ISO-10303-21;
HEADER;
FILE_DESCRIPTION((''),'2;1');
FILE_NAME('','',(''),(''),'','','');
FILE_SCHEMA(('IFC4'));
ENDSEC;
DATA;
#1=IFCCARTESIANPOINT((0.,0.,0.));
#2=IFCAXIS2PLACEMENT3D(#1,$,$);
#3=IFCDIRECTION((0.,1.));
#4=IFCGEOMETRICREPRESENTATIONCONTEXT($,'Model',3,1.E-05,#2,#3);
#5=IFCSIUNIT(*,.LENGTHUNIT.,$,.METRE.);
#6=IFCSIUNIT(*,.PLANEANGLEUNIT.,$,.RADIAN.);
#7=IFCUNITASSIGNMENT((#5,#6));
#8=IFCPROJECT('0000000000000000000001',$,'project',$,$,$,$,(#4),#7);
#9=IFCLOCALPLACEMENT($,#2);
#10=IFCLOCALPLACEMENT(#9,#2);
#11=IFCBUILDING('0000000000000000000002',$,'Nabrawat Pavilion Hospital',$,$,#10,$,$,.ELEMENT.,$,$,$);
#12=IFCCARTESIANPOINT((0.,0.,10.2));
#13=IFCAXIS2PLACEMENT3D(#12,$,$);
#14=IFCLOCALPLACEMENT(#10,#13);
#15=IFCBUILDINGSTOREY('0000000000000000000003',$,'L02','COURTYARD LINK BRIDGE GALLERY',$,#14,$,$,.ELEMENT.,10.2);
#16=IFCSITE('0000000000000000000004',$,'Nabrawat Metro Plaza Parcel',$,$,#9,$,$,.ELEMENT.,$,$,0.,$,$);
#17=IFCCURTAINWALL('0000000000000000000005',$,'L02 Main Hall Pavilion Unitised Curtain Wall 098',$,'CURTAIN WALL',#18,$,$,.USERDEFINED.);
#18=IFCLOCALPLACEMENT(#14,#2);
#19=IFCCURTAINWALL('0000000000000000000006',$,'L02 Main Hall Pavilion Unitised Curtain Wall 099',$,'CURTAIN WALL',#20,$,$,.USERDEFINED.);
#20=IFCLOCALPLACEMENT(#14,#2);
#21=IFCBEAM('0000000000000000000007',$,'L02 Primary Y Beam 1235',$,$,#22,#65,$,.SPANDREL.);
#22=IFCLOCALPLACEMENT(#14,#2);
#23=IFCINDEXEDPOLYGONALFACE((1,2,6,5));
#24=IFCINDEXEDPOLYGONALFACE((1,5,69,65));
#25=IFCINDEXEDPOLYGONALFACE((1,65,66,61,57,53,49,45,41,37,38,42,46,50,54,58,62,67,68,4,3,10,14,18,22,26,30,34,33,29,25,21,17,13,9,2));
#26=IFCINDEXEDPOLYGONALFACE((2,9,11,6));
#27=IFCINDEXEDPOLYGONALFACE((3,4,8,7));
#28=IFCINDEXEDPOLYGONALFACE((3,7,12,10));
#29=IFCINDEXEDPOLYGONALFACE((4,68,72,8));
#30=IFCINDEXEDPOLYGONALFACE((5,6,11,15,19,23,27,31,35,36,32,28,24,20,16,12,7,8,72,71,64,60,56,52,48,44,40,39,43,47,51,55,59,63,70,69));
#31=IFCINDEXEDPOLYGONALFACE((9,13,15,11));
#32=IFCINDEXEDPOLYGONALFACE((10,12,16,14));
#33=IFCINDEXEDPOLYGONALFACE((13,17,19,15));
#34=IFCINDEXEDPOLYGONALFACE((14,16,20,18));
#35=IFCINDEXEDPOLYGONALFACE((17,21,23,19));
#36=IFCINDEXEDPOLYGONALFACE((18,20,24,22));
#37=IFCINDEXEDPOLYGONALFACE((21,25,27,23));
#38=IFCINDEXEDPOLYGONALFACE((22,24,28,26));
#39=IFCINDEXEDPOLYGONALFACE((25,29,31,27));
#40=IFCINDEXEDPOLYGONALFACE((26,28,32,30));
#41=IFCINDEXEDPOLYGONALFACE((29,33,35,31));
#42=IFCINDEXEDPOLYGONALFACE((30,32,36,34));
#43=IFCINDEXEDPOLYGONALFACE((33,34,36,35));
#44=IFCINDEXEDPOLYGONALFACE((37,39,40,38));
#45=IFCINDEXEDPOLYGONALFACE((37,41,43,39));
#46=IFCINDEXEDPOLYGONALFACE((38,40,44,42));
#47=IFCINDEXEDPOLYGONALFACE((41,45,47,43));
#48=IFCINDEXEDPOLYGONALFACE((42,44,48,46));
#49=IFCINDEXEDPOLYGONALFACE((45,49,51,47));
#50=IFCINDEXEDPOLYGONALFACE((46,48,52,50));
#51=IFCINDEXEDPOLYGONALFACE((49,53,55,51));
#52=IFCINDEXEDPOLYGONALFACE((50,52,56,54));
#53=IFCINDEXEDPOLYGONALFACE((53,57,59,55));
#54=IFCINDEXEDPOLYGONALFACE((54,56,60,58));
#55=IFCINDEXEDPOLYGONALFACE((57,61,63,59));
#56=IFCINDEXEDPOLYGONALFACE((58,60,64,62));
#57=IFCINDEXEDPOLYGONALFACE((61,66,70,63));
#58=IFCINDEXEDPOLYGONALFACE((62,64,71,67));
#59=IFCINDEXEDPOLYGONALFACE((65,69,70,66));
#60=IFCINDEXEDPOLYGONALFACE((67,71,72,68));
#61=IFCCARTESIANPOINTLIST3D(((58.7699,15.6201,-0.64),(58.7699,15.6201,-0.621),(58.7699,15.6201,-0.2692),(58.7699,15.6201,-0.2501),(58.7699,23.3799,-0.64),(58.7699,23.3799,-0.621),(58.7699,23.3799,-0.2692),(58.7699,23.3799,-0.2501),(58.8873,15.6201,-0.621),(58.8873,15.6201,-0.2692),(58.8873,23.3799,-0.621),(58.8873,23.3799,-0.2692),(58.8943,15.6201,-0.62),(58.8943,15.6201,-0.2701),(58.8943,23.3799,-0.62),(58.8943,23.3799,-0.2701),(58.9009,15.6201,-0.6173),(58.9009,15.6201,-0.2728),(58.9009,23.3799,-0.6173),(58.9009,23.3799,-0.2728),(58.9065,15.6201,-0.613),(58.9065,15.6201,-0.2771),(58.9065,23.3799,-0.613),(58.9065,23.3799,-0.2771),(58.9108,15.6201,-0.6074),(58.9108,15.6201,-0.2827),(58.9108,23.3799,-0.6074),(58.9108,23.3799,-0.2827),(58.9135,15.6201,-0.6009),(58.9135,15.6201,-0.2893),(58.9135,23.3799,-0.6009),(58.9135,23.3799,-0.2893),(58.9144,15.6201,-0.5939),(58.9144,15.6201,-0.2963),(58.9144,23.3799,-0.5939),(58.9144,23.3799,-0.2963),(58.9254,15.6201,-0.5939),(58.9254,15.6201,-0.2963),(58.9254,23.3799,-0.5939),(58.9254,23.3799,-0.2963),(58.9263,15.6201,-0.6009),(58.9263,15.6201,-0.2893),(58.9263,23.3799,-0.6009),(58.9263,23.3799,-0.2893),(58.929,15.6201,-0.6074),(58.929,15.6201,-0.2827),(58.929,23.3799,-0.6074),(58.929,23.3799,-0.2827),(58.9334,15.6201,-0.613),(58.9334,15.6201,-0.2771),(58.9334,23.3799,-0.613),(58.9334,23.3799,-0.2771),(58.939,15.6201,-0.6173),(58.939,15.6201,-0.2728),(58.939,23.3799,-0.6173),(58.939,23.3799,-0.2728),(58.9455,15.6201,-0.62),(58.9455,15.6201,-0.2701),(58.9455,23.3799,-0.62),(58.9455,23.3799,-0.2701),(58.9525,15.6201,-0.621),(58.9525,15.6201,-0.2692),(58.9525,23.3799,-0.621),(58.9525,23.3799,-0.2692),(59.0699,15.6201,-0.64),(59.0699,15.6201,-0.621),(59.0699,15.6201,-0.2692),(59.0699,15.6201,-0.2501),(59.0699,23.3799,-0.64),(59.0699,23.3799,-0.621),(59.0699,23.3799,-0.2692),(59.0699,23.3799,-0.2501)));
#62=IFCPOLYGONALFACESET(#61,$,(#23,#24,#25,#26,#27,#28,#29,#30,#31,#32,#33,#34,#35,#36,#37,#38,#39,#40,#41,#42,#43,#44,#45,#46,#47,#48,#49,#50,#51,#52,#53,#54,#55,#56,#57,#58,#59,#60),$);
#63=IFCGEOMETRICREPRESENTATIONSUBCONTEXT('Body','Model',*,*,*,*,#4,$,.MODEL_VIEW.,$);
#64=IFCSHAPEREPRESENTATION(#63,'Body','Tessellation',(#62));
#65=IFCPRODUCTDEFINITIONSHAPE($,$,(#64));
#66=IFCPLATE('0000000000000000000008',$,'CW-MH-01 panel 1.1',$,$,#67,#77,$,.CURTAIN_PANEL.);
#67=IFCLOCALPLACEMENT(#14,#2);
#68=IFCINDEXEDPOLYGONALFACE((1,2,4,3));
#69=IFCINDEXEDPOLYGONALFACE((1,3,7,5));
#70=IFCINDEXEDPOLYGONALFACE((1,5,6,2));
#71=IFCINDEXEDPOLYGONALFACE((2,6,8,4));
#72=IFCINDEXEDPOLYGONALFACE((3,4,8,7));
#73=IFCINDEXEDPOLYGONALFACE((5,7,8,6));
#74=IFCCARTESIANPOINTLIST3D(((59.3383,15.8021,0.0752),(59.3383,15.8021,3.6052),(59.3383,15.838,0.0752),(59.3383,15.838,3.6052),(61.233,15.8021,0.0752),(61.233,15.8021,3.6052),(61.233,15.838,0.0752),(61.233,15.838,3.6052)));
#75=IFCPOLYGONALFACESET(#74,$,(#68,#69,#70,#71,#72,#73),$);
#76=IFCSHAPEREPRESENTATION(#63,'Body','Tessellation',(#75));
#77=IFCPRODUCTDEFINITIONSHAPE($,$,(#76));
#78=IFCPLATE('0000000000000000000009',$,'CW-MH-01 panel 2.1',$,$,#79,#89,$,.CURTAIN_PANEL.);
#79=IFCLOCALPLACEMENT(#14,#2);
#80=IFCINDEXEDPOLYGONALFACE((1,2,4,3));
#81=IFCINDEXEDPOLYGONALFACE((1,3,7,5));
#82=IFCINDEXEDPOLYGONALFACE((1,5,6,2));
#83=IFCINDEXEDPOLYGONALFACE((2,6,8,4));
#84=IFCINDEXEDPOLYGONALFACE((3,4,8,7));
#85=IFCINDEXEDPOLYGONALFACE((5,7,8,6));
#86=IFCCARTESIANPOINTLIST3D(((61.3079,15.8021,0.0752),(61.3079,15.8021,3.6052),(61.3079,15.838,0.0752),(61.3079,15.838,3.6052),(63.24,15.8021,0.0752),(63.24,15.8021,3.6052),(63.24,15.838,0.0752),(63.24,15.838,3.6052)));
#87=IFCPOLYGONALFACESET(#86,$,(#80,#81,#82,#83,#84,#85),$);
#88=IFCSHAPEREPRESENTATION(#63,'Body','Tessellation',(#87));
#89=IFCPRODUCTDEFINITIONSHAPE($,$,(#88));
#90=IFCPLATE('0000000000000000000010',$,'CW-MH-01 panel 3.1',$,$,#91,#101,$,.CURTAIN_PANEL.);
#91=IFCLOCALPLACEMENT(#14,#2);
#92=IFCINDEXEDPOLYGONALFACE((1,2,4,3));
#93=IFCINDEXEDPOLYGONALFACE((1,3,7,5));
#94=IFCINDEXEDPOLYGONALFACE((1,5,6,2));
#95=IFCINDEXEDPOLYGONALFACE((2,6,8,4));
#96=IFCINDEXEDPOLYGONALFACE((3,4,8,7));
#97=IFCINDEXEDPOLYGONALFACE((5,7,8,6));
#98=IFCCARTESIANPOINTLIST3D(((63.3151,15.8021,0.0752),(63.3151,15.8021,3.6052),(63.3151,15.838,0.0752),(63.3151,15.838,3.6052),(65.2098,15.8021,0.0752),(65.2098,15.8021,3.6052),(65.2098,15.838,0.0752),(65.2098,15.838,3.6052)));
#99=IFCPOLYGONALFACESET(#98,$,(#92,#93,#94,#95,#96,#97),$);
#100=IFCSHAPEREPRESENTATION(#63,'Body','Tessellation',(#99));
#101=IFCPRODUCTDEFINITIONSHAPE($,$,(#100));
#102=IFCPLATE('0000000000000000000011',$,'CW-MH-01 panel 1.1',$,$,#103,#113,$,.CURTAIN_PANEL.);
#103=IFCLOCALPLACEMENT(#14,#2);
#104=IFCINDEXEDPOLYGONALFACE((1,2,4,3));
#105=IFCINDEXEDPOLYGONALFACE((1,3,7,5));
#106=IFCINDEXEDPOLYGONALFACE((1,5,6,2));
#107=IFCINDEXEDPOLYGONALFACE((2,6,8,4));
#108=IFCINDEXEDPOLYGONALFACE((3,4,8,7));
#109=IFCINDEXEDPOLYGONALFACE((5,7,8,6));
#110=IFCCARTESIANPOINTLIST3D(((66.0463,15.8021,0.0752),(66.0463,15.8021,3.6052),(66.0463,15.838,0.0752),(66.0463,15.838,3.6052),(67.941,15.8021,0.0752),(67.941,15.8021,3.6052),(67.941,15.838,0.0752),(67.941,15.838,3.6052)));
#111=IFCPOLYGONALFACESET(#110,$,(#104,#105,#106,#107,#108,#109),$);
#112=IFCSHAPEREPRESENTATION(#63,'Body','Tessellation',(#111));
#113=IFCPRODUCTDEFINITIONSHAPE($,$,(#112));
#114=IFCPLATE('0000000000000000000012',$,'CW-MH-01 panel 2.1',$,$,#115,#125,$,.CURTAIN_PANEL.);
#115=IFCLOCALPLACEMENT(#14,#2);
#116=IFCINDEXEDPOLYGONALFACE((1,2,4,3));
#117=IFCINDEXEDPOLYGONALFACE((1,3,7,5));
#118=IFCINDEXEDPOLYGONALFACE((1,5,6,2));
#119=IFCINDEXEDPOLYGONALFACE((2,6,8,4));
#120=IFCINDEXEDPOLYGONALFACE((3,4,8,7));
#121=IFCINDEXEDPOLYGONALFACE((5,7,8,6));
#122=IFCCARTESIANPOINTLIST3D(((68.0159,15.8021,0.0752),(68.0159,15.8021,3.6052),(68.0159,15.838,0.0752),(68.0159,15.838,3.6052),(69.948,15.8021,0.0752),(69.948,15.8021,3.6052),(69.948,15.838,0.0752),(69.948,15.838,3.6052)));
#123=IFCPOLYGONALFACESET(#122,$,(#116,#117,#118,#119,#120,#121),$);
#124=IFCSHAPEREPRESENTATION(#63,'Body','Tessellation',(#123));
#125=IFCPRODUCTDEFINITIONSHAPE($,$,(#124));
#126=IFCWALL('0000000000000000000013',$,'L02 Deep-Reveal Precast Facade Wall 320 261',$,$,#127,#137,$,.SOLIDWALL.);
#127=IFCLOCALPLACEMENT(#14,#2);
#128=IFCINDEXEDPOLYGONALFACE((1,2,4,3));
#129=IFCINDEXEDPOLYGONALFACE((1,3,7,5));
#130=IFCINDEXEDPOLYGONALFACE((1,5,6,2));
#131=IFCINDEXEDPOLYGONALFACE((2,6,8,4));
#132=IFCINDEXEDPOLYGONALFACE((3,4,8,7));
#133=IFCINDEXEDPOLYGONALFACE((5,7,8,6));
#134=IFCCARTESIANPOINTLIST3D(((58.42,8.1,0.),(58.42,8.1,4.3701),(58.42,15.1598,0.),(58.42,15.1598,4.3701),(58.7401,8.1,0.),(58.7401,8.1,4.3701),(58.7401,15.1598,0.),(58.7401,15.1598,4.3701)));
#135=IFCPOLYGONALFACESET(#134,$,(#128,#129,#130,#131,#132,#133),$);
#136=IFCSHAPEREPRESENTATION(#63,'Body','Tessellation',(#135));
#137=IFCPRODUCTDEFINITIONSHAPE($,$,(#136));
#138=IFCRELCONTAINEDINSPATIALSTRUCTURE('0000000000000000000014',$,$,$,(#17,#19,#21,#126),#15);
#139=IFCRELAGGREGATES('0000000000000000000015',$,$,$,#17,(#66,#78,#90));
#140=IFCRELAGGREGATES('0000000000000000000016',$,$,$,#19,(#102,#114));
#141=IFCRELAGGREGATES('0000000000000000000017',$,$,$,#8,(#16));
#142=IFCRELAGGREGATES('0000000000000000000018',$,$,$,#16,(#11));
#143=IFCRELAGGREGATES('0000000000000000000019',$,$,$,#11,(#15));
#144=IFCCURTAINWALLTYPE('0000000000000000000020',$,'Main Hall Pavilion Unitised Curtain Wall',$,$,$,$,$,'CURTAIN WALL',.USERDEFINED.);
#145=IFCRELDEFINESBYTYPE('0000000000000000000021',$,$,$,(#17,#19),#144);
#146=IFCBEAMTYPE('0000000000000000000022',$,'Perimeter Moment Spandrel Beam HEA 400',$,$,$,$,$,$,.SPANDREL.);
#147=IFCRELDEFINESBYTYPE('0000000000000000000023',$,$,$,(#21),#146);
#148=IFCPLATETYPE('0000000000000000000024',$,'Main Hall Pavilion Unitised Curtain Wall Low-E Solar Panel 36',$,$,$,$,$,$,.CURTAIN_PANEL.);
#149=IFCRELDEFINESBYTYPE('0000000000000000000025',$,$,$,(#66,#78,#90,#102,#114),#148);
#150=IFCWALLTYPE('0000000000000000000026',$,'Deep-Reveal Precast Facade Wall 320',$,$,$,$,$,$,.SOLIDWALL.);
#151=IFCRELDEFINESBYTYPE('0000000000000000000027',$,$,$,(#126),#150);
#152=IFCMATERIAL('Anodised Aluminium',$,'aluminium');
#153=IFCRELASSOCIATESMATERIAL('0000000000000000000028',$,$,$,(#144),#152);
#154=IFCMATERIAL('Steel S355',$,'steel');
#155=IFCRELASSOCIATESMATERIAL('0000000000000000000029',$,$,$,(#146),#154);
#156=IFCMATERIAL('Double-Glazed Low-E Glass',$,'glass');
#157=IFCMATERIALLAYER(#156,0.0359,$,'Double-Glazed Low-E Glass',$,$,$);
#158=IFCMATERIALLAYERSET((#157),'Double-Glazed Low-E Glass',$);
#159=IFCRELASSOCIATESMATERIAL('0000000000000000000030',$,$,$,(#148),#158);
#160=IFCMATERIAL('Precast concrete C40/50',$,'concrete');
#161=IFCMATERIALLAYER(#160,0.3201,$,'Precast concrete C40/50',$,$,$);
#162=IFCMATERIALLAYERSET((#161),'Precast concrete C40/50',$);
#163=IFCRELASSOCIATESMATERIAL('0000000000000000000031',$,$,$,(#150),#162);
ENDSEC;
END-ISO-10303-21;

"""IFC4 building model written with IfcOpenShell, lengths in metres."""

from ifc_helpers import new_model, si_unit, direction, frame, frame_2d, origin, origin_2d, place, context, subcontext, project, spatial, rectangle, i_section, extrude, material, layer, layer_set, material_profile, profile_set, type_object, element, aggregate, save


model = new_model("IFC4")

# Units and contexts
model_context = context("Model", 3, precision=1e-05, world=origin(), true_north=direction((0.0, 1.0)))
body_context = subcontext(model_context, "Body", "Model", "MODEL_VIEW")
ifc_project = project(units=[si_unit("LENGTHUNIT", "METRE"), si_unit("PLANEANGLEUNIT", "RADIAN")], contexts=[model_context])

# Site, building, storey
site_placement = place(None, origin())
site = spatial("IfcSite", under=ifc_project, at=site_placement, Name="Nabrawat Metro Plaza Parcel", CompositionType="ELEMENT", RefElevation=0.0)
building_placement = place(site_placement, origin())
building = spatial("IfcBuilding", under=site, at=building_placement, Name="Nabrawat Pavilion Hospital", CompositionType="ELEMENT")
storey_placement = place(building_placement, frame((0.0, 0.0, 10.2)))
storey = spatial("IfcBuildingStorey", under=building, at=storey_placement, Name="L02", Description="COURTYARD LINK BRIDGE GALLERY", CompositionType="ELEMENT", Elevation=10.2)

# Shared definitions
ifc_material_1 = material(Name="Steel S355", Category="steel")

# Curtain walls
ifc_material_2 = material(Name="Anodised Aluminium", Category="aluminium")
curtain_wall_type = type_object("IfcCurtainWallType", Name="Main Hall Pavilion Unitised Curtain Wall", ElementType="CURTAIN WALL", PredefinedType="USERDEFINED", material=ifc_material_2)
curtain_wall_1_placement = place(storey_placement, origin())
curtain_wall_1 = element("IfcCurtainWall", 1, at=curtain_wall_1_placement, inside=storey, type_object=curtain_wall_type, Name="L02 Main Hall Pavilion Unitised Curtain Wall 098", ObjectType="CURTAIN WALL", PredefinedType="USERDEFINED")
curtain_wall_2_placement = place(storey_placement, origin())
curtain_wall_2 = element("IfcCurtainWall", 2, at=curtain_wall_2_placement, inside=storey, type_object=curtain_wall_type, Name="L02 Main Hall Pavilion Unitised Curtain Wall 099", ObjectType="CURTAIN WALL", PredefinedType="USERDEFINED")

# Beam
ifc_material_profile_1 = material_profile(ifc_material_1, i_section(OverallWidth=0.3, OverallDepth=0.3899, WebThickness=0.011, FlangeThickness=0.019, FilletRadius=0.0271, at=origin_2d()), Name="HEA 400")
ifc_profile_set_1 = profile_set([ifc_material_profile_1], Name="Steel S355")
beam_type_1 = type_object("IfcBeamType", Name="Perimeter Moment Spandrel Beam HEA 400", PredefinedType="SPANDREL", material=ifc_profile_set_1)
beam_1_placement = place(storey_placement, frame((58.9199, 15.6201, -0.4451), z_axis=(0.0, 1.0, 0.0), x_axis=(-1.0, 0.0, 0.0)))
element("IfcBeam", 3, at=beam_1_placement, inside=storey, type_object=beam_type_1, Name="L02 Primary Y Beam 1235", PredefinedType="SPANDREL", context=body_context, shape_type="SweptSolid", body=[
    extrude(i_section(OverallWidth=0.3, OverallDepth=0.3899, WebThickness=0.011, FlangeThickness=0.019, FilletRadius=0.0271, at=origin_2d()), origin(), (0.0, 0.0, 1.0), 7.7598),
])

# Plates
ifc_material_3 = material(Name="Double-Glazed Low-E Glass", Category="glass")
ifc_layer_1 = layer(ifc_material_3, 0.0359, Name="Double-Glazed Low-E Glass")
ifc_layer_set_1 = layer_set([ifc_layer_1], Name="Double-Glazed Low-E Glass")
plate_type = type_object("IfcPlateType", Name="Main Hall Pavilion Unitised Curtain Wall Low-E Solar Panel 36", PredefinedType="CURTAIN_PANEL", material=ifc_layer_set_1)
plate_1_placement = place(storey_placement, frame((60.2856, 15.8201, 0.0752), z_axis=(0.0, 0.0, 1.0), x_axis=(1.0, 0.0, 0.0)))
plate_1 = element("IfcPlate", 4, at=plate_1_placement, type_object=plate_type, Name="CW-MH-01 panel 1.1", PredefinedType="CURTAIN_PANEL", context=body_context, shape_type="SweptSolid", body=[
    extrude(rectangle(XDim=1.8948, YDim=0.0359, at=origin_2d()), origin(), (0.0, 0.0, 1.0), 3.53),
])
plate_2_placement = place(storey_placement, frame((62.2739, 15.8201, 0.0752), z_axis=(0.0, 0.0, 1.0), x_axis=(1.0, 0.0, 0.0)))
plate_2 = element("IfcPlate", 5, at=plate_2_placement, type_object=plate_type, Name="CW-MH-01 panel 2.1", PredefinedType="CURTAIN_PANEL", context=body_context, shape_type="SweptSolid", body=[
    extrude(rectangle(XDim=1.9321, YDim=0.0359, at=origin_2d()), origin(), (0.0, 0.0, 1.0), 3.53),
])
plate_3_placement = place(storey_placement, frame((64.2625, 15.8201, 0.0752), z_axis=(0.0, 0.0, 1.0), x_axis=(1.0, 0.0, 0.0)))
plate_3 = element("IfcPlate", 6, at=plate_3_placement, type_object=plate_type, Name="CW-MH-01 panel 3.1", PredefinedType="CURTAIN_PANEL", context=body_context, shape_type="SweptSolid", body=[
    extrude(rectangle(XDim=1.8948, YDim=0.0359, at=origin_2d()), origin(), (0.0, 0.0, 1.0), 3.53),
])
aggregate(curtain_wall_1, [plate_1, plate_2, plate_3])
plate_4_placement = place(storey_placement, frame((66.9937, 15.8201, 0.0752), z_axis=(0.0, 0.0, 1.0), x_axis=(1.0, 0.0, 0.0)))
plate_4 = element("IfcPlate", 7, at=plate_4_placement, type_object=plate_type, Name="CW-MH-01 panel 1.1", PredefinedType="CURTAIN_PANEL", context=body_context, shape_type="SweptSolid", body=[
    extrude(rectangle(XDim=1.8948, YDim=0.0359, at=origin_2d()), origin(), (0.0, 0.0, 1.0), 3.53),
])
plate_5_placement = place(storey_placement, frame((68.9819, 15.8201, 0.0752), z_axis=(0.0, 0.0, 1.0), x_axis=(1.0, 0.0, 0.0)))
plate_5 = element("IfcPlate", 8, at=plate_5_placement, type_object=plate_type, Name="CW-MH-01 panel 2.1", PredefinedType="CURTAIN_PANEL", context=body_context, shape_type="SweptSolid", body=[
    extrude(rectangle(XDim=1.9321, YDim=0.0359, at=origin_2d()), origin(), (0.0, 0.0, 1.0), 3.53),
])
aggregate(curtain_wall_2, [plate_4, plate_5])

# Wall
ifc_material_4 = material(Name="Precast concrete C40/50", Category="concrete")
ifc_layer_2 = layer(ifc_material_4, 0.3201, Name="Precast concrete C40/50")
ifc_layer_set_2 = layer_set([ifc_layer_2], Name="Precast concrete C40/50")
wall_type = type_object("IfcWallType", Name="Deep-Reveal Precast Facade Wall 320", PredefinedType="SOLIDWALL", material=ifc_layer_set_2)
wall_placement = place(storey_placement, frame((58.5801, 8.1001, 0.0), z_axis=(0.0, 0.0, 1.0), x_axis=(0.0, 1.0, 0.0)))
element("IfcWall", 9, at=wall_placement, inside=storey, type_object=wall_type, Name="L02 Deep-Reveal Precast Facade Wall 320 261", PredefinedType="SOLIDWALL", context=body_context, shape_type="SweptSolid", body=[
    extrude(rectangle(XDim=7.0598, YDim=0.3201, at=frame_2d((3.5298, 0.0))), origin(), (0.0, 0.0, 1.0), 4.3701),
])

save(model, "model.ifc")
